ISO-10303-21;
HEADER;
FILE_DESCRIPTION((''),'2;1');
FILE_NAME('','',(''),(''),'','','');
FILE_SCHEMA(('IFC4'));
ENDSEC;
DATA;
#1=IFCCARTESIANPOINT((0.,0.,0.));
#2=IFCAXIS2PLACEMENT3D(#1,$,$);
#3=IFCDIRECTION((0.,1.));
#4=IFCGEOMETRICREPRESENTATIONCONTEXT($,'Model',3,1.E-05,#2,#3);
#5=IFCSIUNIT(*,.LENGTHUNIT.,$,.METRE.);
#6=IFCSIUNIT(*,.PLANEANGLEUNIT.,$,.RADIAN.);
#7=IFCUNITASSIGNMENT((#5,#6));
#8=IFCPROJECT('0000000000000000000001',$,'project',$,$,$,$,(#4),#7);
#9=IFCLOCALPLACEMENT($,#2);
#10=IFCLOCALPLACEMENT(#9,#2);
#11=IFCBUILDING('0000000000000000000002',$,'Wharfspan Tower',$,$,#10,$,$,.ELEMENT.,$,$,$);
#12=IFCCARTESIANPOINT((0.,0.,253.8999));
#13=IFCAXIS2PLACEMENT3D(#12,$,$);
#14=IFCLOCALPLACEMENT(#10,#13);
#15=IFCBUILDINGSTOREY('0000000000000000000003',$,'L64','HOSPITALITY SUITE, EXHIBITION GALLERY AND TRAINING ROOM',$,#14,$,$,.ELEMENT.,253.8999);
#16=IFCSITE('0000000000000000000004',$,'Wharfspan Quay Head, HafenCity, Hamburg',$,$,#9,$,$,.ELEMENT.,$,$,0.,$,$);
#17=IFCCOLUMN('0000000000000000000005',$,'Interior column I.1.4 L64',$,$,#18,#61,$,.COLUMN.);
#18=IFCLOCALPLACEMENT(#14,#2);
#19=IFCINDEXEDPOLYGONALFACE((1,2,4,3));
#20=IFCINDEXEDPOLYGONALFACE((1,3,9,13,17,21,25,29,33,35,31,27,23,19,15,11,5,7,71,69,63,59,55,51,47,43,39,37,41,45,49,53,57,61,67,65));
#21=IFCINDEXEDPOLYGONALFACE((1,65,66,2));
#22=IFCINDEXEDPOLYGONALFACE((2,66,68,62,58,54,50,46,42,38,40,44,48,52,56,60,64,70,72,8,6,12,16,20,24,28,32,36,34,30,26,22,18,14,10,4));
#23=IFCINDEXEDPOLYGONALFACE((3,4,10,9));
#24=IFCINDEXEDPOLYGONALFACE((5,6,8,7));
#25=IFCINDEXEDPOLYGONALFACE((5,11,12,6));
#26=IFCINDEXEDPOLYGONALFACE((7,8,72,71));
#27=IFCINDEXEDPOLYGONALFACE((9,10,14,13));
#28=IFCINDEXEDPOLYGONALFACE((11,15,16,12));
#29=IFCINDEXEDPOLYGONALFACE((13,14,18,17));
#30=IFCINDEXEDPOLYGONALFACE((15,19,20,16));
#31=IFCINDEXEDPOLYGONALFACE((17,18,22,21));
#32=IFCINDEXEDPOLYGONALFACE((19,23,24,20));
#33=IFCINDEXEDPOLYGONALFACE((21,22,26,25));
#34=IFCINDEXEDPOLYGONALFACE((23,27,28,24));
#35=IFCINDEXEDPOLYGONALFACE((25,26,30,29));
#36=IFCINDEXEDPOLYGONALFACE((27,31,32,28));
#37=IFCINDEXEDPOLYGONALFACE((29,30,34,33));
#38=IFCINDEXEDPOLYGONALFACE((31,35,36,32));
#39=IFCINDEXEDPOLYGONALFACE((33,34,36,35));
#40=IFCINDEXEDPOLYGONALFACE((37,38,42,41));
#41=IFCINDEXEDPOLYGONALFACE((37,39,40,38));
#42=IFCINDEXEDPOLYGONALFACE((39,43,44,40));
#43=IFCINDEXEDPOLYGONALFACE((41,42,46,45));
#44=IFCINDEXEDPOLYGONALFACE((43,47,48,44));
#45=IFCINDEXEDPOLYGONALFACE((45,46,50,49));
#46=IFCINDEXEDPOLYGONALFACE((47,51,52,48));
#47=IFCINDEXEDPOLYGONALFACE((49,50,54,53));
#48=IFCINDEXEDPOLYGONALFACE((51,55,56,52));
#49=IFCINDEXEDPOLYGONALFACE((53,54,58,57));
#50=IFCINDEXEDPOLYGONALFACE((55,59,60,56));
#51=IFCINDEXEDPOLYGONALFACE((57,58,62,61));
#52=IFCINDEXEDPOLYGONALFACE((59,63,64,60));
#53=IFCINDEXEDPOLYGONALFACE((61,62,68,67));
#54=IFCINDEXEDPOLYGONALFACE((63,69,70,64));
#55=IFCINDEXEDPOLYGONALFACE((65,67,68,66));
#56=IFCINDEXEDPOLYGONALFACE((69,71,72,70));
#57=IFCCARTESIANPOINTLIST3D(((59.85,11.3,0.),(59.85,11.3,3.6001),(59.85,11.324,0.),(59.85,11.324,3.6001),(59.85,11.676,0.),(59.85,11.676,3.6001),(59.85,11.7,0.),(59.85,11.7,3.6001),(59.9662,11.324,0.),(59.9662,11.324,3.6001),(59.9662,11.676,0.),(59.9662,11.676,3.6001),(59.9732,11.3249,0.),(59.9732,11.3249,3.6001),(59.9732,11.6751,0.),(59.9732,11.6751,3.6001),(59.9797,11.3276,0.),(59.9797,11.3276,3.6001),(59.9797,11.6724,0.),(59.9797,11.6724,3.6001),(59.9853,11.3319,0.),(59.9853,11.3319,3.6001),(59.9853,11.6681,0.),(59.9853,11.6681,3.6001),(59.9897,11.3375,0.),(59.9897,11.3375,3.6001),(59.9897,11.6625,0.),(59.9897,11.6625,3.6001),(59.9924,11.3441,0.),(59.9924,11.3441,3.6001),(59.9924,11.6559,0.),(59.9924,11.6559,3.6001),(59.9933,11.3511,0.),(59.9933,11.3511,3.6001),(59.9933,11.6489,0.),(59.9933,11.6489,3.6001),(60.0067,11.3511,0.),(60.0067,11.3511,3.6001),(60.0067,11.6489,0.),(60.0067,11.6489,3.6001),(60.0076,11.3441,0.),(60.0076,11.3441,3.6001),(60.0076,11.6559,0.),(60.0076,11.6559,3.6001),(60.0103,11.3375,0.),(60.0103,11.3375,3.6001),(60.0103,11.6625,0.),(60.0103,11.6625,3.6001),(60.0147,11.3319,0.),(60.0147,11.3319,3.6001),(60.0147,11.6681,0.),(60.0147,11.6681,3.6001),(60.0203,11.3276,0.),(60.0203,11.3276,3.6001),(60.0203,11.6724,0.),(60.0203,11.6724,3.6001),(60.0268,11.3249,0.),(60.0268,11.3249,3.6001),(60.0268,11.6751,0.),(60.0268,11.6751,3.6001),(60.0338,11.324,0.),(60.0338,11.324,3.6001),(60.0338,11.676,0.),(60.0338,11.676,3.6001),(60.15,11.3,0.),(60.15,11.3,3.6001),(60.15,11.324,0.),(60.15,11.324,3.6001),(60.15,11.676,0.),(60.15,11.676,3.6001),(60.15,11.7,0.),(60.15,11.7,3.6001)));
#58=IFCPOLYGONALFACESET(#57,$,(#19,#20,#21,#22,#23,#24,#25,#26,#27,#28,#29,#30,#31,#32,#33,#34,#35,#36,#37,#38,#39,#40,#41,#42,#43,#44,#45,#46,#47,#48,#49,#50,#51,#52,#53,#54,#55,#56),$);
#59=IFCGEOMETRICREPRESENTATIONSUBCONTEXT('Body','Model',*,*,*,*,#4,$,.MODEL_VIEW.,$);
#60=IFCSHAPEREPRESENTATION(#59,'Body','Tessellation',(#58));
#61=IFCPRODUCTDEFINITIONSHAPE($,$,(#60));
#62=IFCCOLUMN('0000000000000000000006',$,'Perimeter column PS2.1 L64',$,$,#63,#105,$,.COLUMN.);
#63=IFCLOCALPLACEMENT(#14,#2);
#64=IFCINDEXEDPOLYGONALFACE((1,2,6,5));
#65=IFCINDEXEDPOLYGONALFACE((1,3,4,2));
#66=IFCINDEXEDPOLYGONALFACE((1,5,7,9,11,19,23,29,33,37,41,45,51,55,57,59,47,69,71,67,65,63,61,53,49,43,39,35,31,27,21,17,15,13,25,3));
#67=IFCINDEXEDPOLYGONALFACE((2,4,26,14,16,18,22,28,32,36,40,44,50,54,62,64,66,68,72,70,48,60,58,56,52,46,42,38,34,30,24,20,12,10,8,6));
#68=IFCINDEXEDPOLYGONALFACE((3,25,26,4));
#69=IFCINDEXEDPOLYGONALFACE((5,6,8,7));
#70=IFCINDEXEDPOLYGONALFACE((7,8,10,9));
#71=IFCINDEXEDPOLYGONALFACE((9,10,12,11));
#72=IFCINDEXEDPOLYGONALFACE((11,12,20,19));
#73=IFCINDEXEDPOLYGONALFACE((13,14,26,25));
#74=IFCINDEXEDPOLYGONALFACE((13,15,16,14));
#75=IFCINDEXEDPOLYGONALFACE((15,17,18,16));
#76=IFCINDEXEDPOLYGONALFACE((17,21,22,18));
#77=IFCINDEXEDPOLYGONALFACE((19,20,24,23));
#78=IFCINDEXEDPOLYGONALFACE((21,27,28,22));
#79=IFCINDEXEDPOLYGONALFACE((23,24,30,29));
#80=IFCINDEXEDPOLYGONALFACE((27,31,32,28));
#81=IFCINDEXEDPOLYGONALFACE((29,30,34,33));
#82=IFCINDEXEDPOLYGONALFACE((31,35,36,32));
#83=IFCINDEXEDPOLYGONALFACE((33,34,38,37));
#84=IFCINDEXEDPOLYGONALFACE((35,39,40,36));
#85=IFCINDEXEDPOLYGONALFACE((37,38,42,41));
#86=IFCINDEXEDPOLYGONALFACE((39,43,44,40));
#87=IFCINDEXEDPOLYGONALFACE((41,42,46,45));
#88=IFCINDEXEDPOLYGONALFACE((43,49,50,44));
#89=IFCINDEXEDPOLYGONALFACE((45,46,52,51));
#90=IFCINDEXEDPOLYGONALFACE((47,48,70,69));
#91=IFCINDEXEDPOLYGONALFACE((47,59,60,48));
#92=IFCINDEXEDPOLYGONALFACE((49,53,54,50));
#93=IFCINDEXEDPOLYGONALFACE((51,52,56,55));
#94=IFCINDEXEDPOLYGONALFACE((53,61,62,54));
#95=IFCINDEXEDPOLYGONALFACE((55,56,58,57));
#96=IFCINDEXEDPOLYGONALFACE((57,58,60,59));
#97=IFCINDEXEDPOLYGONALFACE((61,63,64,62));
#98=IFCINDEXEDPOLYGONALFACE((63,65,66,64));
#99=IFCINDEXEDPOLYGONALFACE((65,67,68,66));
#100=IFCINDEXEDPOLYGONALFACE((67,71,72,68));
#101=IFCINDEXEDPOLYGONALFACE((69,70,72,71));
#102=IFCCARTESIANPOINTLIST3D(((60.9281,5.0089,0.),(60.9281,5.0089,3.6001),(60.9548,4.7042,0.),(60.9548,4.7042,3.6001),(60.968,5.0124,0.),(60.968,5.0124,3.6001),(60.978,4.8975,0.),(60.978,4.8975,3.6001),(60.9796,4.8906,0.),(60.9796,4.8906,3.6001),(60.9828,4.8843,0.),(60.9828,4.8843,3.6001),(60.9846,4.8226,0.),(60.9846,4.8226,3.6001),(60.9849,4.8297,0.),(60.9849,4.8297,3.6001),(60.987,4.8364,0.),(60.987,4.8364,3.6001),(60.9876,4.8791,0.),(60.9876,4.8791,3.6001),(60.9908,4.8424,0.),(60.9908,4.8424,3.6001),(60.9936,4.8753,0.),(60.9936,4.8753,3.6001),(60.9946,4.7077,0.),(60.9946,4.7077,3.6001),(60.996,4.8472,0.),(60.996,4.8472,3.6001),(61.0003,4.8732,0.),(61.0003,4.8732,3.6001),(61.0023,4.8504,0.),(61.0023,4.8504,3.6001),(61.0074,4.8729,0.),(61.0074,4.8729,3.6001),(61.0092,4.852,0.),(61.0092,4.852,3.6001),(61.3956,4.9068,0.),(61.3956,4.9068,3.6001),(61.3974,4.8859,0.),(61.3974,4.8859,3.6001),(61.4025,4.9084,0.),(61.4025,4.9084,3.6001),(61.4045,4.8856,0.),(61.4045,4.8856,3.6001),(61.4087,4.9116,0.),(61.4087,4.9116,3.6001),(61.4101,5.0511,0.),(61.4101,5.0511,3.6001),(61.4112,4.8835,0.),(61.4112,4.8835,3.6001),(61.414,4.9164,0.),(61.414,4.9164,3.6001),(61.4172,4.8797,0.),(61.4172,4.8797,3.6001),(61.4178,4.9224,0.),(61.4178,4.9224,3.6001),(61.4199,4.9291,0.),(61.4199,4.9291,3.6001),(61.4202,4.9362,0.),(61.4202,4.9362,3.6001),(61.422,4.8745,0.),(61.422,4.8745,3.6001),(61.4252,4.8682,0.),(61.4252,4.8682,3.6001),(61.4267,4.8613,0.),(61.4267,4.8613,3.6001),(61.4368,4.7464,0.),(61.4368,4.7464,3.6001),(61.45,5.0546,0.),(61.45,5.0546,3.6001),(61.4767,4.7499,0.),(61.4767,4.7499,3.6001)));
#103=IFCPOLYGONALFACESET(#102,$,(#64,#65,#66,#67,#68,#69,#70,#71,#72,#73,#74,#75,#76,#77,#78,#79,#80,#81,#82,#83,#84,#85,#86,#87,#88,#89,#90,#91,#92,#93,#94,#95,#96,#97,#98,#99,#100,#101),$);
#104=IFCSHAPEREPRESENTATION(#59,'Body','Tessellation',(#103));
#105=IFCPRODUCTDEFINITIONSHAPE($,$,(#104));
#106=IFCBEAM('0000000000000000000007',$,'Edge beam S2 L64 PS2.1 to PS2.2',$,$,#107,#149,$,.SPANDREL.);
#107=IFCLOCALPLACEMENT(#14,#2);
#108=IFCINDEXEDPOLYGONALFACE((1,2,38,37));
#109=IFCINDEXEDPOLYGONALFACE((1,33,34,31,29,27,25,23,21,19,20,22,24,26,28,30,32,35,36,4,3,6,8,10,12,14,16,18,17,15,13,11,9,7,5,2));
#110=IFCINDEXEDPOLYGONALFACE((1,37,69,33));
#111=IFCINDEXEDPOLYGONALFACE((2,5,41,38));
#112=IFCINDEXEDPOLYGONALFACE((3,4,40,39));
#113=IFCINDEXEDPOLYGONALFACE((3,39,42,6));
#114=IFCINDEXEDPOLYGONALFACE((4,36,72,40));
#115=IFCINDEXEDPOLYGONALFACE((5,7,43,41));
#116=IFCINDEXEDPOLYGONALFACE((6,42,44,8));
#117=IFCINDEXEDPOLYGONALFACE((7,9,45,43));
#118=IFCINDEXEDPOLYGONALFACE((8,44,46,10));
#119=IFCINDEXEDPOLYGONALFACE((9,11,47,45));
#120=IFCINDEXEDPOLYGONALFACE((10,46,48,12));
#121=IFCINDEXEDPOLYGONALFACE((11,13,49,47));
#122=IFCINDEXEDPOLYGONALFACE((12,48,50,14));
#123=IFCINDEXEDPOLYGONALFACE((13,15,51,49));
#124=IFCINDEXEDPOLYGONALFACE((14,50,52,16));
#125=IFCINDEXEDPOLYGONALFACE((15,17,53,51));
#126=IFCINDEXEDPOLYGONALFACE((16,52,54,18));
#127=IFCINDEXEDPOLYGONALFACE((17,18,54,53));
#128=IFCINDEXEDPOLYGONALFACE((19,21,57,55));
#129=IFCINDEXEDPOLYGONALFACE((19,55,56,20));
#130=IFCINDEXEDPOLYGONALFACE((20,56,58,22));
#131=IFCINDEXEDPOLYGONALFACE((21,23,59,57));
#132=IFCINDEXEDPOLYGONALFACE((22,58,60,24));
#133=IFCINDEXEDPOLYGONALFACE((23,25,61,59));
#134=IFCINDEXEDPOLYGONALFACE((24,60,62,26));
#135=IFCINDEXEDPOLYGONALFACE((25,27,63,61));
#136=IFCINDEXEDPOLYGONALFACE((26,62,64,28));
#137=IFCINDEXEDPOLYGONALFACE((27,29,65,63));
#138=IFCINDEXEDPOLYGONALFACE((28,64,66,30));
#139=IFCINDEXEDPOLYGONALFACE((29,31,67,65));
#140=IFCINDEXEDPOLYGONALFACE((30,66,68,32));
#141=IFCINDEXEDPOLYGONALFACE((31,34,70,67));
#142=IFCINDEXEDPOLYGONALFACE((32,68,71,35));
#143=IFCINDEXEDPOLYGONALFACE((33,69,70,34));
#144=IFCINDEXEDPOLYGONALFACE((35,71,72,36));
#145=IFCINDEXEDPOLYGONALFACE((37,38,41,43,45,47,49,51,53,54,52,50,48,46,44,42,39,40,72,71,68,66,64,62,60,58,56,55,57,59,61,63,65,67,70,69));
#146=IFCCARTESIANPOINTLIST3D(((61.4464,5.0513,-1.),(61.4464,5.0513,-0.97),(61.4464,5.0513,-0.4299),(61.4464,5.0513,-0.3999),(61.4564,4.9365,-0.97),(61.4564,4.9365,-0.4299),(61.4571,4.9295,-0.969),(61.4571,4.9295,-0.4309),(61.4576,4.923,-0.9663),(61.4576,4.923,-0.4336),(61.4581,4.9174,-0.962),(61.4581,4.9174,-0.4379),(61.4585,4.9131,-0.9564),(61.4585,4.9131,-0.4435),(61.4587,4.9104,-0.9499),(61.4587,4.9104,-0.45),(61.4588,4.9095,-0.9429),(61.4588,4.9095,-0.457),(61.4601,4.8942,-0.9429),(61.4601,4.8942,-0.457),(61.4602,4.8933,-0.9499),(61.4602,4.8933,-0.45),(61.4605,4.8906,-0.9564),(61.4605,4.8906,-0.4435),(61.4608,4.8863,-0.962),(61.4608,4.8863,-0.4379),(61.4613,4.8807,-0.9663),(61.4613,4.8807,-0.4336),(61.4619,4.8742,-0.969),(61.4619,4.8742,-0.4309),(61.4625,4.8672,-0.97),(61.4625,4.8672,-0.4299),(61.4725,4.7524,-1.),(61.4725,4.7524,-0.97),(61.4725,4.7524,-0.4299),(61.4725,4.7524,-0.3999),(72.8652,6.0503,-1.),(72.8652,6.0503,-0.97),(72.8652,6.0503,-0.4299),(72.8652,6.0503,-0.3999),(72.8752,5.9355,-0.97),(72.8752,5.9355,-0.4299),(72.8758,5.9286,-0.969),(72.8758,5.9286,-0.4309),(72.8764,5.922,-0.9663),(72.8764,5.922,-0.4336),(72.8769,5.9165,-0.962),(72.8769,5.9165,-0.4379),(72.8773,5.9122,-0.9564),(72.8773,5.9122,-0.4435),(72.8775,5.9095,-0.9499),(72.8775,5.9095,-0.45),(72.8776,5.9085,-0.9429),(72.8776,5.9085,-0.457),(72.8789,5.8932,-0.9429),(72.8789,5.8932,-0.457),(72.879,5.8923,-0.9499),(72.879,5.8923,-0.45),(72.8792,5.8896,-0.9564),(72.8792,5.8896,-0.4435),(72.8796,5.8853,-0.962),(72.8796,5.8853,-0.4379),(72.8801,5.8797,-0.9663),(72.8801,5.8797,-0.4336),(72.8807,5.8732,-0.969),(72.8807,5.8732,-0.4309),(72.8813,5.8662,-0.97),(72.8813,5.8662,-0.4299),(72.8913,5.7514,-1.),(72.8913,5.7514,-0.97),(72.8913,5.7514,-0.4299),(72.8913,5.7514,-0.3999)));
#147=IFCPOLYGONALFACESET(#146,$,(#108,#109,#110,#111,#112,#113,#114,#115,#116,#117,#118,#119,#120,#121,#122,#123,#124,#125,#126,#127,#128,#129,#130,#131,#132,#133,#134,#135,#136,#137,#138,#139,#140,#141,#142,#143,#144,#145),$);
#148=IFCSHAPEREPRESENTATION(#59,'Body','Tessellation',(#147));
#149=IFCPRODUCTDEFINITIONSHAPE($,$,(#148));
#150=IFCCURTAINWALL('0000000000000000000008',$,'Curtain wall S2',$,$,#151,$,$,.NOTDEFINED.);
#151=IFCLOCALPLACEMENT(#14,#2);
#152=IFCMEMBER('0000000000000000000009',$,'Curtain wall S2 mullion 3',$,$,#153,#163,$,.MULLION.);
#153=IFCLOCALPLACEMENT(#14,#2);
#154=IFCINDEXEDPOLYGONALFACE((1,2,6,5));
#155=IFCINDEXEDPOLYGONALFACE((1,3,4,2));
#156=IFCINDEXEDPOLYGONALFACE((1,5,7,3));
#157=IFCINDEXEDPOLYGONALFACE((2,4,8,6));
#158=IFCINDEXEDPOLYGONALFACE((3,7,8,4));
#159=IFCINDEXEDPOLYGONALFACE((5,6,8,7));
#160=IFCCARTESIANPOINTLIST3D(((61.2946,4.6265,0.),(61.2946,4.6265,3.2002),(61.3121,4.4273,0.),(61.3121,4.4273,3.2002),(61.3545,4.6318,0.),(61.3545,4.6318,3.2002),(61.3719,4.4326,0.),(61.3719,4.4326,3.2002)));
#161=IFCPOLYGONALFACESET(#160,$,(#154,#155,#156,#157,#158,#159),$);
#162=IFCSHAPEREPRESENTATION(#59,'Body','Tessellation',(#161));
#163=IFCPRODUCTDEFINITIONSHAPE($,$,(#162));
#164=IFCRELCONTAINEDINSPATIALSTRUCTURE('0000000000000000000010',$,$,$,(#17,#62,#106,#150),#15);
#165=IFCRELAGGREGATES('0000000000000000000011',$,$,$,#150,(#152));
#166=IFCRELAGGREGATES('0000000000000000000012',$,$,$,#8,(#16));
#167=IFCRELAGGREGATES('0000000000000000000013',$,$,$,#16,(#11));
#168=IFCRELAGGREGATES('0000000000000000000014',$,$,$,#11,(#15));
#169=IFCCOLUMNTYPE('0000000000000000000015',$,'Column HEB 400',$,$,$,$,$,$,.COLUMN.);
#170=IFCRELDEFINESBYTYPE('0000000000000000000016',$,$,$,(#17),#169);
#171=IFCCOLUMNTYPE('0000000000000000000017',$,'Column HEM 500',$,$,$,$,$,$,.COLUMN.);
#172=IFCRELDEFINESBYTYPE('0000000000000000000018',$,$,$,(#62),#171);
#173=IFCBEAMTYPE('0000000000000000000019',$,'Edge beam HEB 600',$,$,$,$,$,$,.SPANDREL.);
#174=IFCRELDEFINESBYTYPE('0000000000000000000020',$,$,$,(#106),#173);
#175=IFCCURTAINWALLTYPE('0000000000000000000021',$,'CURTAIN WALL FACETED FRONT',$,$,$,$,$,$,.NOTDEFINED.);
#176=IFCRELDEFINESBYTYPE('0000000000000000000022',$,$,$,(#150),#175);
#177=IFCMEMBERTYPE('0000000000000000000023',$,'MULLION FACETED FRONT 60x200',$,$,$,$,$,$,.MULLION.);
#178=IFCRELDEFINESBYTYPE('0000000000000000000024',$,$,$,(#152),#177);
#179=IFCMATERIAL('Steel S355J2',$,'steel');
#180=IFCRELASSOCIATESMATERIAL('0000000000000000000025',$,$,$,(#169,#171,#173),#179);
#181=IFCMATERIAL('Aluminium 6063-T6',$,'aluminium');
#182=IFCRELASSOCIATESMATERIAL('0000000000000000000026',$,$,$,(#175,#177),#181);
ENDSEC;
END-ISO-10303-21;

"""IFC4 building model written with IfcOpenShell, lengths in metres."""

from ifc_helpers import new_model, si_unit, direction, frame, origin, origin_2d, place, context, subcontext, project, spatial, rectangle, i_section, extrude, material, material_profile, profile_set, type_object, element, aggregate, save


model = new_model("IFC4")

# Units and contexts
model_context = context("Model", 3, precision=1e-05, world=origin(), true_north=direction((0.0, 1.0)))
body_context = subcontext(model_context, "Body", "Model", "MODEL_VIEW")
ifc_project = project(units=[si_unit("LENGTHUNIT", "METRE"), si_unit("PLANEANGLEUNIT", "RADIAN")], contexts=[model_context])

# Site, building, storey
site_placement = place(None, origin())
site = spatial("IfcSite", under=ifc_project, at=site_placement, Name="Wharfspan Quay Head, HafenCity, Hamburg", CompositionType="ELEMENT", RefElevation=0.0)
building_placement = place(site_placement, origin())
building = spatial("IfcBuilding", under=site, at=building_placement, Name="Wharfspan Tower", CompositionType="ELEMENT")
storey_placement = place(building_placement, frame((0.0, 0.0, 253.8999)))
storey = spatial("IfcBuildingStorey", under=building, at=storey_placement, Name="L64", Description="HOSPITALITY SUITE, EXHIBITION GALLERY AND TRAINING ROOM", CompositionType="ELEMENT", Elevation=253.8999)

# Columns
ifc_material_1 = material(Name="Steel S355J2", Category="steel")
ifc_material_profile_1 = material_profile(ifc_material_1, i_section(OverallWidth=0.3, OverallDepth=0.3999, WebThickness=0.0134, FlangeThickness=0.0239, FilletRadius=0.0271, at=origin_2d()))
ifc_profile_set_1 = profile_set([ifc_material_profile_1], Name="Steel S355J2")
column_type_1 = type_object("IfcColumnType", Name="Column HEB 400", PredefinedType="COLUMN", material=ifc_profile_set_1)
column_1_placement = place(storey_placement, frame((60.0, 11.5, 0.0), z_axis=(0.0, 0.0, 1.0), x_axis=(1.0, 0.0, 0.0)))
element("IfcColumn", 1, at=column_1_placement, inside=storey, type_object=column_type_1, Name="Interior column I.1.4 L64", PredefinedType="COLUMN", context=body_context, shape_type="SweptSolid", body=[
    extrude(i_section(OverallWidth=0.3, OverallDepth=0.3999, WebThickness=0.0134, FlangeThickness=0.0239, FilletRadius=0.0271, at=origin_2d()), origin(), (0.0, 0.0, 1.0), 3.6001),
])
ifc_material_profile_2 = material_profile(ifc_material_1, i_section(OverallWidth=0.3059, OverallDepth=0.5239, WebThickness=0.021, FlangeThickness=0.04, FilletRadius=0.0271, at=origin_2d()))
ifc_profile_set_2 = profile_set([ifc_material_profile_2], Name="Steel S355J2")
column_type_2 = type_object("IfcColumnType", Name="Column HEM 500", PredefinedType="COLUMN", material=ifc_profile_set_2)
column_2_placement = place(storey_placement, frame((61.2024, 4.8794, 0.0), z_axis=(0.0, 0.0, 1.0), x_axis=(0.087156, -0.996197, 0.0)))
element("IfcColumn", 2, at=column_2_placement, inside=storey, type_object=column_type_2, Name="Perimeter column PS2.1 L64", PredefinedType="COLUMN", context=body_context, shape_type="SweptSolid", body=[
    extrude(i_section(OverallWidth=0.3059, OverallDepth=0.5239, WebThickness=0.021, FlangeThickness=0.04, FilletRadius=0.0271, at=origin_2d()), origin(), (0.0, 0.0, 1.0), 3.6001),
])

# Beam
ifc_material_profile_3 = material_profile(ifc_material_1, i_section(OverallWidth=0.3, OverallDepth=0.6001, WebThickness=0.0154, FlangeThickness=0.03, FilletRadius=0.0271, at=origin_2d()))
ifc_profile_set_3 = profile_set([ifc_material_profile_3], Name="Steel S355J2")
beam_type = type_object("IfcBeamType", Name="Edge beam HEB 600", PredefinedType="SPANDREL", material=ifc_profile_set_3)
beam_placement = place(storey_placement, frame((61.4595, 4.9019, -0.7), z_axis=(0.996195, 0.087157, 0.0), x_axis=(-0.087157, 0.996195, 0.0)))
element("IfcBeam", 3, at=beam_placement, inside=storey, type_object=beam_type, Name="Edge beam S2 L64 PS2.1 to PS2.2", PredefinedType="SPANDREL", context=body_context, shape_type="SweptSolid", body=[
    extrude(i_section(OverallWidth=0.3, OverallDepth=0.6001, WebThickness=0.0154, FlangeThickness=0.03, FilletRadius=0.0271, at=origin_2d()), origin(), (0.0, 0.0, 1.0), 11.4624),
])

# Curtain wall, member
ifc_material_2 = material(Name="Aluminium 6063-T6", Category="aluminium")
curtain_wall_type = type_object("IfcCurtainWallType", Name="CURTAIN WALL FACETED FRONT", PredefinedType="NOTDEFINED", material=ifc_material_2)
curtain_wall_placement = place(storey_placement, origin())
curtain_wall = element("IfcCurtainWall", 4, at=curtain_wall_placement, inside=storey, type_object=curtain_wall_type, Name="Curtain wall S2", PredefinedType="NOTDEFINED")
ifc_material_profile_4 = material_profile(ifc_material_2, rectangle(XDim=0.2, YDim=0.0601, at=origin_2d()))
ifc_profile_set_4 = profile_set([ifc_material_profile_4], Name="Aluminium 6063-T6")
member_type_1 = type_object("IfcMemberType", Name="MULLION FACETED FRONT 60x200", PredefinedType="MULLION", material=ifc_profile_set_4)
member_1_placement = place(storey_placement, frame((61.3333, 4.5295, 0.0), z_axis=(0.0, 0.0, 1.0), x_axis=(-0.087156, 0.996197, 0.0)))
member_1 = element("IfcMember", 5, at=member_1_placement, type_object=member_type_1, Name="Curtain wall S2 mullion 3", PredefinedType="MULLION", context=body_context, shape_type="SweptSolid", body=[
    extrude(rectangle(XDim=0.2, YDim=0.0601, at=origin_2d()), origin(), (0.0, 0.0, 1.0), 3.2002),
])

aggregate(curtain_wall, [member_1])

save(model, "model.ifc")
